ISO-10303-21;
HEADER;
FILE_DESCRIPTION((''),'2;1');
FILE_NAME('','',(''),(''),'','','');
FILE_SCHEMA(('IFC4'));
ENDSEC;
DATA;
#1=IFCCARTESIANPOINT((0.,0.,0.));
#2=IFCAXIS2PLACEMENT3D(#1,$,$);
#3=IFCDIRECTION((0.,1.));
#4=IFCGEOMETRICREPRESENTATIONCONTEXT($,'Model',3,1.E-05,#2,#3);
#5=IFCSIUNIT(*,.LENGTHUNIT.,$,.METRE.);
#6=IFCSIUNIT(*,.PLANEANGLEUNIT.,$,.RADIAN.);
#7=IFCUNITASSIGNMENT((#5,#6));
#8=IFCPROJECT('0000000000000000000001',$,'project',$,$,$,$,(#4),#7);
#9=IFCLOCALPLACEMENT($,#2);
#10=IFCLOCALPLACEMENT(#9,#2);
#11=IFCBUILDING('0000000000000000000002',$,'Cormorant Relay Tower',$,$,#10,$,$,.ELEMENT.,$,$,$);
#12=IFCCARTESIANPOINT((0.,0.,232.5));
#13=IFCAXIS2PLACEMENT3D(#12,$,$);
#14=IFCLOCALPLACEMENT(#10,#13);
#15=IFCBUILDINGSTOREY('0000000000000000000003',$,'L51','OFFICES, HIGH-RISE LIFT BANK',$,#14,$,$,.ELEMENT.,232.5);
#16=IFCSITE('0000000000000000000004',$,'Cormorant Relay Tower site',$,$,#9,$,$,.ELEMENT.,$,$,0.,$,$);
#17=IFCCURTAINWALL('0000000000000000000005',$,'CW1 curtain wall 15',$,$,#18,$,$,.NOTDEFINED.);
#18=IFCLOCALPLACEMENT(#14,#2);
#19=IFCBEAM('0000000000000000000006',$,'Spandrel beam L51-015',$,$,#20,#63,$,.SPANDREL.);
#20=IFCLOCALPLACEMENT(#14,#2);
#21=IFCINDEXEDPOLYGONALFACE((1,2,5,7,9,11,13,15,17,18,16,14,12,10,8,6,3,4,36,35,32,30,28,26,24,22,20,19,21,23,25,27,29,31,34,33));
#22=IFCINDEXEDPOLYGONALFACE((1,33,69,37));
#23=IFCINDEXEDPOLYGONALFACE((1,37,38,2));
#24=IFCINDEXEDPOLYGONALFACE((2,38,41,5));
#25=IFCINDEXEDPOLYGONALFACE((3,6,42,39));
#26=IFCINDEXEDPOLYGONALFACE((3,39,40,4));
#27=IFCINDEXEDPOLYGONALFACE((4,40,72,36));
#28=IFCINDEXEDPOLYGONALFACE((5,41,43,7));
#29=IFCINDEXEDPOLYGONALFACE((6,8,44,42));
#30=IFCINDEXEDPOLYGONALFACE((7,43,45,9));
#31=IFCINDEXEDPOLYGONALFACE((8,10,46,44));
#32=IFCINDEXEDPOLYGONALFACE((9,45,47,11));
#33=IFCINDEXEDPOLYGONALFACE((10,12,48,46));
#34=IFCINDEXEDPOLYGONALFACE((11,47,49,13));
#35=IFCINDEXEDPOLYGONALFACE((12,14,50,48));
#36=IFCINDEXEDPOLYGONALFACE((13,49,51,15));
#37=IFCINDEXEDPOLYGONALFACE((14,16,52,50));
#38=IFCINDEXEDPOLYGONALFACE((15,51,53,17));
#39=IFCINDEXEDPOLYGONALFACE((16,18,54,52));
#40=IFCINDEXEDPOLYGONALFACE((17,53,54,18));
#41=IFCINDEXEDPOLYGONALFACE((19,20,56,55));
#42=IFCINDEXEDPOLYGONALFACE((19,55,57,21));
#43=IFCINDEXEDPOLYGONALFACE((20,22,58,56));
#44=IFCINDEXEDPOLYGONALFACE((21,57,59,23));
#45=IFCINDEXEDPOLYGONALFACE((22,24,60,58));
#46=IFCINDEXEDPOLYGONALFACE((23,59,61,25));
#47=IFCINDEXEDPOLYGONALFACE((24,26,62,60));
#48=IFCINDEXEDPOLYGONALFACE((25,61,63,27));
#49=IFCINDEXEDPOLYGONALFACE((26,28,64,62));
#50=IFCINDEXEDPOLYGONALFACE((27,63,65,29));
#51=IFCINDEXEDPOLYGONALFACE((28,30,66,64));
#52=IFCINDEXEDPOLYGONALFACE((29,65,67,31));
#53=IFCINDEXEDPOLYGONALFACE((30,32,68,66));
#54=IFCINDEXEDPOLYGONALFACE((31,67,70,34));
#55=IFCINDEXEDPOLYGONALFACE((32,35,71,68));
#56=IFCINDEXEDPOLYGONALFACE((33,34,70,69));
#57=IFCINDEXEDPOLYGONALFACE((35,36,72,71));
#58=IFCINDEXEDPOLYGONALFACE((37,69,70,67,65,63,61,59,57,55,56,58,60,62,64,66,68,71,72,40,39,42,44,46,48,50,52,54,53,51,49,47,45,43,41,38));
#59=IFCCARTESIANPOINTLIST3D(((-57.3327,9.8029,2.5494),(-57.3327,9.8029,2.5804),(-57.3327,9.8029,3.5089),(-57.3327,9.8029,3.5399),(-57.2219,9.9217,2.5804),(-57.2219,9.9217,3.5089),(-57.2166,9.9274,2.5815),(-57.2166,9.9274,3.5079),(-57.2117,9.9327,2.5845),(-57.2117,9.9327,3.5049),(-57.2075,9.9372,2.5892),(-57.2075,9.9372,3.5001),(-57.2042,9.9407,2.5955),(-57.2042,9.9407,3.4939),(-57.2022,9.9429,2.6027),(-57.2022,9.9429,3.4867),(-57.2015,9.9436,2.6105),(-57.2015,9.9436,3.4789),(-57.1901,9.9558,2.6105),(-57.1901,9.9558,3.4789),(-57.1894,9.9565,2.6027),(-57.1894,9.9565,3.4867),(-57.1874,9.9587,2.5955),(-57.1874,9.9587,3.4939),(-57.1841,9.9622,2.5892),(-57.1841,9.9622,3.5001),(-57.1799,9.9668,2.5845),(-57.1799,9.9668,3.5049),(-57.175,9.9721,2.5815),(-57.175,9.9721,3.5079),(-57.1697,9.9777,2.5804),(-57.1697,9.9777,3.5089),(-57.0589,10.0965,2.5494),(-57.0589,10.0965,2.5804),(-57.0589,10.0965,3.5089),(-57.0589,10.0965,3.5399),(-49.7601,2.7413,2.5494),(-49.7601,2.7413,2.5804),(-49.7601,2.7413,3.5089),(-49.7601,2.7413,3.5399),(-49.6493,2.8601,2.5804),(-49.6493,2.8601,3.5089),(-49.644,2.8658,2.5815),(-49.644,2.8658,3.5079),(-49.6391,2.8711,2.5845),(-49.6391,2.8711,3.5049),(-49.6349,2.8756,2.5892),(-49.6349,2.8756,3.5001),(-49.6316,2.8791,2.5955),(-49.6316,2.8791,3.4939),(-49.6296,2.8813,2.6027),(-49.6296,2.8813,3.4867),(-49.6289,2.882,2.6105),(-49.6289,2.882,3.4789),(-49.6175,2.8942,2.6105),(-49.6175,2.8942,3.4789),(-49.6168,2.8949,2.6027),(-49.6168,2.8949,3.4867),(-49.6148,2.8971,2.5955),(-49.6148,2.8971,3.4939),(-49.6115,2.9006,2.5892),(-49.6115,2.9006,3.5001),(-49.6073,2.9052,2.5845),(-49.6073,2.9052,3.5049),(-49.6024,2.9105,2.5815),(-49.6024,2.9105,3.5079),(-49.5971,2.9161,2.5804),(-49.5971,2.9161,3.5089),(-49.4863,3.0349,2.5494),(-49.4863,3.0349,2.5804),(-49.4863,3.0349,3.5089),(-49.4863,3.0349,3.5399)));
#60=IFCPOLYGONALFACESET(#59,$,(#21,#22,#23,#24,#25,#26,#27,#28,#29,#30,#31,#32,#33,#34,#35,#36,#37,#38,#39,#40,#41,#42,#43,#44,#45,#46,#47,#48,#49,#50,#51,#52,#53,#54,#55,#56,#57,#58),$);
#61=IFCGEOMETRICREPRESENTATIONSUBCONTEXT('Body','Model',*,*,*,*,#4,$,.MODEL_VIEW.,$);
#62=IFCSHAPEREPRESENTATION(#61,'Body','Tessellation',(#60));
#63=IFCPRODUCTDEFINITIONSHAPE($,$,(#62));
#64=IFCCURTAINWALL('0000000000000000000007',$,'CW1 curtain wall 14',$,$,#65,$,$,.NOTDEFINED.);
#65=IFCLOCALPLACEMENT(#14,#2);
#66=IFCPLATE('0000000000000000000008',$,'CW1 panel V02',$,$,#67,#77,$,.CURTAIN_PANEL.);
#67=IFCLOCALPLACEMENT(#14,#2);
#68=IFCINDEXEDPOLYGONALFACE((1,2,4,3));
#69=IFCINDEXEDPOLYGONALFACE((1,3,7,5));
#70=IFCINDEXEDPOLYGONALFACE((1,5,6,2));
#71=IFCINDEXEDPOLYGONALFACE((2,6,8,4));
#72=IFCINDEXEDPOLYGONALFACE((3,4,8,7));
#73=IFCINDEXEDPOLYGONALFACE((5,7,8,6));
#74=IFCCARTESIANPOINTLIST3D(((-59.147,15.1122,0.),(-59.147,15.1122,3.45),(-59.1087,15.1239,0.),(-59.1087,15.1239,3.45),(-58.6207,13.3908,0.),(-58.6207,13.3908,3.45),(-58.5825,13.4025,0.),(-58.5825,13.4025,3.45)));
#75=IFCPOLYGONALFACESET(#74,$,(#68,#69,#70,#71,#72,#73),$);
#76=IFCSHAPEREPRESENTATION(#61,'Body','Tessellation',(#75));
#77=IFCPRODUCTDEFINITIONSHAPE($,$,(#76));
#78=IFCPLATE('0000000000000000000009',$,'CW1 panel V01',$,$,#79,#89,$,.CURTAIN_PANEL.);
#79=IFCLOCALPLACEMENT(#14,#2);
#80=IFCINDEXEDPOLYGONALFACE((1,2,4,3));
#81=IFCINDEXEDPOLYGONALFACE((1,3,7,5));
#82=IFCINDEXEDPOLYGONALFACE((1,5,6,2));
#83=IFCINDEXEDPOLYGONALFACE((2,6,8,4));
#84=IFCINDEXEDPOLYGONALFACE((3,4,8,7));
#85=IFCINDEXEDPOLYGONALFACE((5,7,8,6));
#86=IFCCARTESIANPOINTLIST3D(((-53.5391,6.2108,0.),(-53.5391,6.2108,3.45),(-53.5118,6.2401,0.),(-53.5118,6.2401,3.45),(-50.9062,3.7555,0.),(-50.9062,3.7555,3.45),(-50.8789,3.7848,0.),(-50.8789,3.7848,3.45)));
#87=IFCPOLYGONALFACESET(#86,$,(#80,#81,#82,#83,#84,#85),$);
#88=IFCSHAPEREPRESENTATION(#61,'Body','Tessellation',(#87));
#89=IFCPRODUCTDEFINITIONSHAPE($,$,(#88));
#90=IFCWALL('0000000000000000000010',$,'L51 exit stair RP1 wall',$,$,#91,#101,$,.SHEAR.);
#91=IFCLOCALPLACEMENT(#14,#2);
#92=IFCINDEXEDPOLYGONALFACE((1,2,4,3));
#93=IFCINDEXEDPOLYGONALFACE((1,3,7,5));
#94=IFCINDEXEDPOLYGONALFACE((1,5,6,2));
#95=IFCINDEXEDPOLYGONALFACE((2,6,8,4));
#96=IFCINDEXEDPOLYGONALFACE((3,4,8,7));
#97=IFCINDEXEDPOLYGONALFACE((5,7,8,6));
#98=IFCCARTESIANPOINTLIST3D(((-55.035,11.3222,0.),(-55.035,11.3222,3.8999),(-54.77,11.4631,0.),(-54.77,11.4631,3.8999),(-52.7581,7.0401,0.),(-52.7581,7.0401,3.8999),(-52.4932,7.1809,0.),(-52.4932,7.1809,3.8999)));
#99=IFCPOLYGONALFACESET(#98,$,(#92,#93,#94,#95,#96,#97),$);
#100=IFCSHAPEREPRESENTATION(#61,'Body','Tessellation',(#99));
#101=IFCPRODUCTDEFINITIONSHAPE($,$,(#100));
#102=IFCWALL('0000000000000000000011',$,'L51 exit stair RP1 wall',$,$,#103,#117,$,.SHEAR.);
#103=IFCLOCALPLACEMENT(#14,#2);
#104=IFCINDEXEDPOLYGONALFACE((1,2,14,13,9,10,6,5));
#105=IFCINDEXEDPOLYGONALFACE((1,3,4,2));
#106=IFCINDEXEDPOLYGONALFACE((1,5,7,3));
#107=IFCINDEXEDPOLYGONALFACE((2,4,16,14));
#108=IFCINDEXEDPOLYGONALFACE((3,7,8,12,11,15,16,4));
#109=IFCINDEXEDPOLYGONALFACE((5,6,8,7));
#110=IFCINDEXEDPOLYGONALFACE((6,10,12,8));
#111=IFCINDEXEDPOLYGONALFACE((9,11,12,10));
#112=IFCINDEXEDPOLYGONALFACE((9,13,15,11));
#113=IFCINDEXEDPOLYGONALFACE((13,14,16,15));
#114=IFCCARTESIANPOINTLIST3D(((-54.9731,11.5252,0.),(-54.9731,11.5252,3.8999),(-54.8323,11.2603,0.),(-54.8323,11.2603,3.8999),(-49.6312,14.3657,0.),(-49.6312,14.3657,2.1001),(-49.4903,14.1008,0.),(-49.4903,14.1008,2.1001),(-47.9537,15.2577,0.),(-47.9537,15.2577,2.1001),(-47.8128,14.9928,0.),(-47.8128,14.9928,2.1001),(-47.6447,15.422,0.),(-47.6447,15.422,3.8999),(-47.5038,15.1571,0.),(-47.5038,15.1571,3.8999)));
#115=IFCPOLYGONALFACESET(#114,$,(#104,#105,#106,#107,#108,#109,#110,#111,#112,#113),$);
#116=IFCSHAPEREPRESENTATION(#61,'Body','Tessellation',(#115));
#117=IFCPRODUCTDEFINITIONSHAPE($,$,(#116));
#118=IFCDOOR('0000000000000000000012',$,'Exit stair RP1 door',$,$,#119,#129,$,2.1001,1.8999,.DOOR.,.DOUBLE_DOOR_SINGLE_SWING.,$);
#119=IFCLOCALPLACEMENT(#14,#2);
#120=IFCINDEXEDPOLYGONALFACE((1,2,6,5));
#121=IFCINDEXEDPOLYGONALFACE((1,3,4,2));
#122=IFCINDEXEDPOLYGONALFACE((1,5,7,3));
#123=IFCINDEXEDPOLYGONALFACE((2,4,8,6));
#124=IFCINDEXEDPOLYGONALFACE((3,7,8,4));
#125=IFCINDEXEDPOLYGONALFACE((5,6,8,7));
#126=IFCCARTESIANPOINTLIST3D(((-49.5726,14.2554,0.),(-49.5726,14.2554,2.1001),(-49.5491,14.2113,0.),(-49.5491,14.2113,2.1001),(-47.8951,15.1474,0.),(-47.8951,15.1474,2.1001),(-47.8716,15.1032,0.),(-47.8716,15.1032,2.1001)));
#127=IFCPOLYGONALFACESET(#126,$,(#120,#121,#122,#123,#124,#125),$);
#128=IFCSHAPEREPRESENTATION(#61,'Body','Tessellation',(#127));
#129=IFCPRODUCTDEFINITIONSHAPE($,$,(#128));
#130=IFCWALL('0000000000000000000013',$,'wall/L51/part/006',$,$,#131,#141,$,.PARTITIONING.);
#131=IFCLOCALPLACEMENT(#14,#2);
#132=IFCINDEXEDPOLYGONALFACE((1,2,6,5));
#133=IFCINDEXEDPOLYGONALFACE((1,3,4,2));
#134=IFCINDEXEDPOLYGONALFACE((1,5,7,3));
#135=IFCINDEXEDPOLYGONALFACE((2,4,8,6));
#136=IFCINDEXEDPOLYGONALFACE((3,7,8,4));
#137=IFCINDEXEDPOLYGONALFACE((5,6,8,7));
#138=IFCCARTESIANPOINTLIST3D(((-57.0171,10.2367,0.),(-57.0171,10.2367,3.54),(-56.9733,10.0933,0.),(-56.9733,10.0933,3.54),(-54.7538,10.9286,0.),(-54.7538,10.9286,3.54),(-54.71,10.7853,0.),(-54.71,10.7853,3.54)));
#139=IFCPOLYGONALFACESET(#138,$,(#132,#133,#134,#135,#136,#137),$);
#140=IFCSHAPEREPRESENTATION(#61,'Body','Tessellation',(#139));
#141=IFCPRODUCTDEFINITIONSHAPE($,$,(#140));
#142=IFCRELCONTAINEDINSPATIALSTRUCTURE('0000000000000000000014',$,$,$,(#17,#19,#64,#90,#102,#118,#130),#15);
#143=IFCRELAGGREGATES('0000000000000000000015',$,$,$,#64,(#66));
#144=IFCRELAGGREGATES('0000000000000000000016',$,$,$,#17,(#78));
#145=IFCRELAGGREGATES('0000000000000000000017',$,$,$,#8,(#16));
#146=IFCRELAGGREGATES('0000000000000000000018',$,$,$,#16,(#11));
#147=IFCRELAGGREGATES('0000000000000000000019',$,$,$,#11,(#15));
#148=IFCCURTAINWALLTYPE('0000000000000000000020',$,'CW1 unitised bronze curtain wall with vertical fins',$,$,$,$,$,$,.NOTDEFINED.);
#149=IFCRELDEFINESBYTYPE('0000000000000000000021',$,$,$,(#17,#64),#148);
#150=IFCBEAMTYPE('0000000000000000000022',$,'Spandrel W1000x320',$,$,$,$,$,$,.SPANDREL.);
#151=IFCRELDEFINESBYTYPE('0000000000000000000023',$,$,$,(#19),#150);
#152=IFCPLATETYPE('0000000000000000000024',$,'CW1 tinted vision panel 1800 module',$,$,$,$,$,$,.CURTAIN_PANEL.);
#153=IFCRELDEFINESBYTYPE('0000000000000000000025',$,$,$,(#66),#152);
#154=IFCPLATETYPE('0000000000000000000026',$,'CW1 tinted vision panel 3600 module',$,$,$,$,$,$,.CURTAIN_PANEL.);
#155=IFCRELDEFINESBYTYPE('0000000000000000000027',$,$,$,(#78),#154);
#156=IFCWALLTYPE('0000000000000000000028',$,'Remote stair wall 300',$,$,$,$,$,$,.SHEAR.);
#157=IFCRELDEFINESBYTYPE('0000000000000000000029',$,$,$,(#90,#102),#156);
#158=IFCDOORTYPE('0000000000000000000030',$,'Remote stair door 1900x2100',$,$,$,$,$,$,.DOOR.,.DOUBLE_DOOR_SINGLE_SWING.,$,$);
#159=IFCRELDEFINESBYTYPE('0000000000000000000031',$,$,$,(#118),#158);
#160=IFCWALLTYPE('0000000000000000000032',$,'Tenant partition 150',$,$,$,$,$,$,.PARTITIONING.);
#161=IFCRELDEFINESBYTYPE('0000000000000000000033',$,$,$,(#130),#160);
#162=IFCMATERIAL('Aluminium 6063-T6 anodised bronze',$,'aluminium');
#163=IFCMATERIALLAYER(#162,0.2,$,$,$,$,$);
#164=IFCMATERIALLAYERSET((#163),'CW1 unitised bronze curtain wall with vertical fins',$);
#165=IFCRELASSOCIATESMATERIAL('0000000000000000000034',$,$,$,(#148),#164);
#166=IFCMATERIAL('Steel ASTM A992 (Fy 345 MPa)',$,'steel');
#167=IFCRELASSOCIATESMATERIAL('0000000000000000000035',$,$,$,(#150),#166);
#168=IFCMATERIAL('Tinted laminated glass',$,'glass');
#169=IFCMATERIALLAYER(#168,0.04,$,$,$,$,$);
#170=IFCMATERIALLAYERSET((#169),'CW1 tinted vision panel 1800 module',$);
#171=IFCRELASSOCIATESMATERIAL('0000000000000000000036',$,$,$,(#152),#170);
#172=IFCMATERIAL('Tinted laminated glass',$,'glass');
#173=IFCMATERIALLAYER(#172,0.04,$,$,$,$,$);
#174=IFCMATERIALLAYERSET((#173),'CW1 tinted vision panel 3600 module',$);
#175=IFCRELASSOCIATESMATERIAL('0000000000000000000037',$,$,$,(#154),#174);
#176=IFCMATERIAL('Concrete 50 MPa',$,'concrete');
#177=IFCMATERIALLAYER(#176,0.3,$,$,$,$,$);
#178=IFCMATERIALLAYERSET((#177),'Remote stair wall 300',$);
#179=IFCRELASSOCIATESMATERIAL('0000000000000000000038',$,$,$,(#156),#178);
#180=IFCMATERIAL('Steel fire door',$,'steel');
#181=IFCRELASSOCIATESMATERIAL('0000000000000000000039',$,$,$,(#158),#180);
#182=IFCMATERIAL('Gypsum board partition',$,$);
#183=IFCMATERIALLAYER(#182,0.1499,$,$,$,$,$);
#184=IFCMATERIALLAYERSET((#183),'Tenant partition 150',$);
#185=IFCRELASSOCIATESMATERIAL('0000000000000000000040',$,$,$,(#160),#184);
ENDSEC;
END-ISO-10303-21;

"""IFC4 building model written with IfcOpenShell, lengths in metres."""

from ifc_helpers import new_model, si_unit, direction, frame, frame_2d, origin, origin_2d, place, context, subcontext, project, spatial, rectangle, i_section, extrude, material, layer, layer_set, material_profile, profile_set, type_object, element, fill, aggregate, save


model = new_model("IFC4")

# Units and contexts
model_context = context("Model", 3, precision=1e-05, world=origin(), true_north=direction((0.0, 1.0)))
body_context = subcontext(model_context, "Body", "Model", "MODEL_VIEW")
ifc_project = project(units=[si_unit("LENGTHUNIT", "METRE"), si_unit("PLANEANGLEUNIT", "RADIAN")], contexts=[model_context])

# Site, building, storey
site_placement = place(None, origin())
site = spatial("IfcSite", under=ifc_project, at=site_placement, Name="Cormorant Relay Tower site", CompositionType="ELEMENT", RefElevation=0.0)
building_placement = place(site_placement, origin())
building = spatial("IfcBuilding", under=site, at=building_placement, Name="Cormorant Relay Tower", CompositionType="ELEMENT")
storey_placement = place(building_placement, frame((0.0, 0.0, 232.5)))
storey = spatial("IfcBuildingStorey", under=building, at=storey_placement, Name="L51", Description="OFFICES, HIGH-RISE LIFT BANK", CompositionType="ELEMENT", Elevation=232.5)

# Curtain wall
ifc_material_1 = material(Name="Aluminium 6063-T6 anodised bronze", Category="aluminium")
ifc_layer_1 = layer(ifc_material_1, 0.2)
ifc_layer_set_1 = layer_set([ifc_layer_1], Name="CW1 unitised bronze curtain wall with vertical fins")
curtain_wall_type = type_object("IfcCurtainWallType", Name="CW1 unitised bronze curtain wall with vertical fins", PredefinedType="NOTDEFINED", material=ifc_layer_set_1)
curtain_wall_1_placement = place(storey_placement, origin())
curtain_wall_1 = element("IfcCurtainWall", 1, at=curtain_wall_1_placement, inside=storey, type_object=curtain_wall_type, Name="CW1 curtain wall 15", PredefinedType="NOTDEFINED")

# Beam
ifc_material_2 = material(Name="Steel ASTM A992 (Fy 345 MPa)", Category="steel")
ifc_material_profile_1 = material_profile(ifc_material_2, i_section(OverallWidth=0.4014, OverallDepth=0.9905, WebThickness=0.0166, FlangeThickness=0.031, FilletRadius=0.03, at=origin_2d()), Name="W1000x320")
ifc_profile_set_1 = profile_set([ifc_material_profile_1], Name="Steel ASTM A992 (Fy 345 MPa)")
beam_type = type_object("IfcBeamType", Name="Spandrel W1000x320", PredefinedType="SPANDREL", material=ifc_profile_set_1)
beam_placement = place(storey_placement, frame((-57.1958, 9.9497, 3.0447), z_axis=(0.731352, -0.682001, 0.0), x_axis=(0.682001, 0.731352, 0.0)))
element("IfcBeam", 2, at=beam_placement, inside=storey, type_object=beam_type, Name="Spandrel beam L51-015", PredefinedType="SPANDREL", context=body_context, shape_type="SweptSolid", body=[
    extrude(i_section(OverallWidth=0.4014, OverallDepth=0.9905, WebThickness=0.0166, FlangeThickness=0.031, FilletRadius=0.03, at=origin_2d()), origin(), (0.0, 0.0, 1.0), 10.3542),
])

# Curtain wall, plate
curtain_wall_2_placement = place(storey_placement, origin())
curtain_wall_2 = element("IfcCurtainWall", 3, at=curtain_wall_2_placement, inside=storey, type_object=curtain_wall_type, Name="CW1 curtain wall 14", PredefinedType="NOTDEFINED")
ifc_material_3 = material(Name="Tinted laminated glass", Category="glass")
ifc_layer_2 = layer(ifc_material_3, 0.04)
ifc_layer_set_2 = layer_set([ifc_layer_2], Name="CW1 tinted vision panel 1800 module")
plate_type_1 = type_object("IfcPlateType", Name="CW1 tinted vision panel 1800 module", PredefinedType="CURTAIN_PANEL", material=ifc_layer_set_2)
plate_1_placement = place(storey_placement, frame((-58.8647, 14.2573, 0.0), z_axis=(0.0, 0.0, 1.0), x_axis=(0.292372, -0.956305, 0.0)))
plate_1 = element("IfcPlate", 4, at=plate_1_placement, type_object=plate_type_1, Name="CW1 panel V02", PredefinedType="CURTAIN_PANEL", context=body_context, shape_type="SweptSolid", body=[
    extrude(rectangle(XDim=1.8, YDim=0.04, at=origin_2d()), origin(), (0.0, 0.0, 1.0), 3.45),
])

# Plate
ifc_material_4 = material(Name="Tinted laminated glass", Category="glass")
ifc_layer_3 = layer(ifc_material_4, 0.04)
ifc_layer_set_3 = layer_set([ifc_layer_3], Name="CW1 tinted vision panel 3600 module")
plate_type_2 = type_object("IfcPlateType", Name="CW1 tinted vision panel 3600 module", PredefinedType="CURTAIN_PANEL", material=ifc_layer_set_3)
plate_2_placement = place(storey_placement, frame((-52.209, 4.9978, 0.0), z_axis=(0.0, 0.0, 1.0), x_axis=(0.731354, -0.681998, 0.0)))
plate_2 = element("IfcPlate", 5, at=plate_2_placement, type_object=plate_type_2, Name="CW1 panel V01", PredefinedType="CURTAIN_PANEL", context=body_context, shape_type="SweptSolid", body=[
    extrude(rectangle(XDim=3.6001, YDim=0.04, at=origin_2d()), origin(), (0.0, 0.0, 1.0), 3.45),
])

# Wall
ifc_material_5 = material(Name="Concrete 50 MPa", Category="concrete")
ifc_layer_4 = layer(ifc_material_5, 0.3)
ifc_layer_set_4 = layer_set([ifc_layer_4], Name="Remote stair wall 300")
wall_type_1 = type_object("IfcWallType", Name="Remote stair wall 300", PredefinedType="SHEAR", material=ifc_layer_set_4)
wall_1_placement = place(storey_placement, frame((-52.6257, 7.1106, 0.0), z_axis=(0.0, 0.0, 1.0), x_axis=(-0.469464, 0.882951, 0.0)))
element("IfcWall", 6, at=wall_1_placement, inside=storey, type_object=wall_type_1, Name="L51 exit stair RP1 wall", PredefinedType="SHEAR", context=body_context, shape_type="SweptSolid", body=[
    extrude(rectangle(XDim=4.8499, YDim=0.3, at=frame_2d((2.4248, 0.0))), origin(), (0.0, 0.0, 1.0), 3.8999),
])

# Wall, opening, door
wall_2_placement = place(storey_placement, frame((-54.9026, 11.3928, 0.0), z_axis=(0.0, 0.0, 1.0), x_axis=(0.882939, 0.469487, 0.0)))
wall_2 = element("IfcWall", 7, at=wall_2_placement, inside=storey, type_object=wall_type_1, Name="L51 exit stair RP1 wall", PredefinedType="SHEAR", context=body_context, shape_type="SweptSolid", body=[
    extrude(rectangle(XDim=8.3, YDim=0.3, at=frame_2d((4.1499, 0.0))), origin(), (0.0, 0.0, 1.0), 3.8999),
])
opening_placement = place(wall_2_placement, frame((6.05, 0.0, 0.0)))
opening = element("IfcOpeningElement", 8, at=opening_placement, cuts=wall_2, PredefinedType="OPENING", context=body_context, shape_type="SweptSolid", body=[
    extrude(rectangle(XDim=1.8999, YDim=2.1001, at=frame_2d((0.95, 1.05))), frame((0.0, 0.1599, 0.0), z_axis=(0.0, -1.0, 0.0), x_axis=(1.0, 0.0, 0.0)), (0.0, 0.0, 1.0), 0.3201),
])
ifc_material_6 = material(Name="Steel fire door", Category="steel")
door_type = type_object("IfcDoorType", Name="Remote stair door 1900x2100", OperationType="DOUBLE_DOOR_SINGLE_SWING", PredefinedType="DOOR", material=ifc_material_6)
door_placement = place(opening_placement, frame((1.8999, 0.0, 0.0), z_axis=(0.0, 0.0, 1.0), x_axis=(-1.0, 0.0, 0.0)))
door = element("IfcDoor", 9, at=door_placement, inside=storey, type_object=door_type, Name="Exit stair RP1 door", OperationType="DOUBLE_DOOR_SINGLE_SWING", OverallHeight=2.1001, OverallWidth=1.8999, PredefinedType="DOOR", context=body_context, shape_type="SweptSolid", body=[
    extrude(rectangle(XDim=1.8999, YDim=2.1001, at=frame_2d((0.95, 1.05))), frame((0.0, 0.0249, 0.0), z_axis=(0.0, -1.0, 0.0), x_axis=(1.0, 0.0, 0.0)), (0.0, 0.0, 1.0), 0.05),
])
fill(opening, door)

# Wall
ifc_material_7 = material(Name="Gypsum board partition")
ifc_layer_5 = layer(ifc_material_7, 0.1499)
ifc_layer_set_5 = layer_set([ifc_layer_5], Name="Tenant partition 150")
wall_type_2 = type_object("IfcWallType", Name="Tenant partition 150", PredefinedType="PARTITIONING", material=ifc_layer_set_5)
wall_3_placement = place(storey_placement, frame((-54.7319, 10.8569, 0.0), z_axis=(0.0, 0.0, 1.0), x_axis=(-0.956308, -0.29236, 0.0)))
element("IfcWall", 10, at=wall_3_placement, inside=storey, type_object=wall_type_2, Name="wall/L51/part/006", PredefinedType="PARTITIONING", context=body_context, shape_type="SweptSolid", body=[
    extrude(rectangle(XDim=2.3667, YDim=0.1499, at=frame_2d((1.1833, 0.0))), origin(), (0.0, 0.0, 1.0), 3.54),
])

aggregate(curtain_wall_2, [plate_1])
aggregate(curtain_wall_1, [plate_2])

save(model, "model.ifc")
